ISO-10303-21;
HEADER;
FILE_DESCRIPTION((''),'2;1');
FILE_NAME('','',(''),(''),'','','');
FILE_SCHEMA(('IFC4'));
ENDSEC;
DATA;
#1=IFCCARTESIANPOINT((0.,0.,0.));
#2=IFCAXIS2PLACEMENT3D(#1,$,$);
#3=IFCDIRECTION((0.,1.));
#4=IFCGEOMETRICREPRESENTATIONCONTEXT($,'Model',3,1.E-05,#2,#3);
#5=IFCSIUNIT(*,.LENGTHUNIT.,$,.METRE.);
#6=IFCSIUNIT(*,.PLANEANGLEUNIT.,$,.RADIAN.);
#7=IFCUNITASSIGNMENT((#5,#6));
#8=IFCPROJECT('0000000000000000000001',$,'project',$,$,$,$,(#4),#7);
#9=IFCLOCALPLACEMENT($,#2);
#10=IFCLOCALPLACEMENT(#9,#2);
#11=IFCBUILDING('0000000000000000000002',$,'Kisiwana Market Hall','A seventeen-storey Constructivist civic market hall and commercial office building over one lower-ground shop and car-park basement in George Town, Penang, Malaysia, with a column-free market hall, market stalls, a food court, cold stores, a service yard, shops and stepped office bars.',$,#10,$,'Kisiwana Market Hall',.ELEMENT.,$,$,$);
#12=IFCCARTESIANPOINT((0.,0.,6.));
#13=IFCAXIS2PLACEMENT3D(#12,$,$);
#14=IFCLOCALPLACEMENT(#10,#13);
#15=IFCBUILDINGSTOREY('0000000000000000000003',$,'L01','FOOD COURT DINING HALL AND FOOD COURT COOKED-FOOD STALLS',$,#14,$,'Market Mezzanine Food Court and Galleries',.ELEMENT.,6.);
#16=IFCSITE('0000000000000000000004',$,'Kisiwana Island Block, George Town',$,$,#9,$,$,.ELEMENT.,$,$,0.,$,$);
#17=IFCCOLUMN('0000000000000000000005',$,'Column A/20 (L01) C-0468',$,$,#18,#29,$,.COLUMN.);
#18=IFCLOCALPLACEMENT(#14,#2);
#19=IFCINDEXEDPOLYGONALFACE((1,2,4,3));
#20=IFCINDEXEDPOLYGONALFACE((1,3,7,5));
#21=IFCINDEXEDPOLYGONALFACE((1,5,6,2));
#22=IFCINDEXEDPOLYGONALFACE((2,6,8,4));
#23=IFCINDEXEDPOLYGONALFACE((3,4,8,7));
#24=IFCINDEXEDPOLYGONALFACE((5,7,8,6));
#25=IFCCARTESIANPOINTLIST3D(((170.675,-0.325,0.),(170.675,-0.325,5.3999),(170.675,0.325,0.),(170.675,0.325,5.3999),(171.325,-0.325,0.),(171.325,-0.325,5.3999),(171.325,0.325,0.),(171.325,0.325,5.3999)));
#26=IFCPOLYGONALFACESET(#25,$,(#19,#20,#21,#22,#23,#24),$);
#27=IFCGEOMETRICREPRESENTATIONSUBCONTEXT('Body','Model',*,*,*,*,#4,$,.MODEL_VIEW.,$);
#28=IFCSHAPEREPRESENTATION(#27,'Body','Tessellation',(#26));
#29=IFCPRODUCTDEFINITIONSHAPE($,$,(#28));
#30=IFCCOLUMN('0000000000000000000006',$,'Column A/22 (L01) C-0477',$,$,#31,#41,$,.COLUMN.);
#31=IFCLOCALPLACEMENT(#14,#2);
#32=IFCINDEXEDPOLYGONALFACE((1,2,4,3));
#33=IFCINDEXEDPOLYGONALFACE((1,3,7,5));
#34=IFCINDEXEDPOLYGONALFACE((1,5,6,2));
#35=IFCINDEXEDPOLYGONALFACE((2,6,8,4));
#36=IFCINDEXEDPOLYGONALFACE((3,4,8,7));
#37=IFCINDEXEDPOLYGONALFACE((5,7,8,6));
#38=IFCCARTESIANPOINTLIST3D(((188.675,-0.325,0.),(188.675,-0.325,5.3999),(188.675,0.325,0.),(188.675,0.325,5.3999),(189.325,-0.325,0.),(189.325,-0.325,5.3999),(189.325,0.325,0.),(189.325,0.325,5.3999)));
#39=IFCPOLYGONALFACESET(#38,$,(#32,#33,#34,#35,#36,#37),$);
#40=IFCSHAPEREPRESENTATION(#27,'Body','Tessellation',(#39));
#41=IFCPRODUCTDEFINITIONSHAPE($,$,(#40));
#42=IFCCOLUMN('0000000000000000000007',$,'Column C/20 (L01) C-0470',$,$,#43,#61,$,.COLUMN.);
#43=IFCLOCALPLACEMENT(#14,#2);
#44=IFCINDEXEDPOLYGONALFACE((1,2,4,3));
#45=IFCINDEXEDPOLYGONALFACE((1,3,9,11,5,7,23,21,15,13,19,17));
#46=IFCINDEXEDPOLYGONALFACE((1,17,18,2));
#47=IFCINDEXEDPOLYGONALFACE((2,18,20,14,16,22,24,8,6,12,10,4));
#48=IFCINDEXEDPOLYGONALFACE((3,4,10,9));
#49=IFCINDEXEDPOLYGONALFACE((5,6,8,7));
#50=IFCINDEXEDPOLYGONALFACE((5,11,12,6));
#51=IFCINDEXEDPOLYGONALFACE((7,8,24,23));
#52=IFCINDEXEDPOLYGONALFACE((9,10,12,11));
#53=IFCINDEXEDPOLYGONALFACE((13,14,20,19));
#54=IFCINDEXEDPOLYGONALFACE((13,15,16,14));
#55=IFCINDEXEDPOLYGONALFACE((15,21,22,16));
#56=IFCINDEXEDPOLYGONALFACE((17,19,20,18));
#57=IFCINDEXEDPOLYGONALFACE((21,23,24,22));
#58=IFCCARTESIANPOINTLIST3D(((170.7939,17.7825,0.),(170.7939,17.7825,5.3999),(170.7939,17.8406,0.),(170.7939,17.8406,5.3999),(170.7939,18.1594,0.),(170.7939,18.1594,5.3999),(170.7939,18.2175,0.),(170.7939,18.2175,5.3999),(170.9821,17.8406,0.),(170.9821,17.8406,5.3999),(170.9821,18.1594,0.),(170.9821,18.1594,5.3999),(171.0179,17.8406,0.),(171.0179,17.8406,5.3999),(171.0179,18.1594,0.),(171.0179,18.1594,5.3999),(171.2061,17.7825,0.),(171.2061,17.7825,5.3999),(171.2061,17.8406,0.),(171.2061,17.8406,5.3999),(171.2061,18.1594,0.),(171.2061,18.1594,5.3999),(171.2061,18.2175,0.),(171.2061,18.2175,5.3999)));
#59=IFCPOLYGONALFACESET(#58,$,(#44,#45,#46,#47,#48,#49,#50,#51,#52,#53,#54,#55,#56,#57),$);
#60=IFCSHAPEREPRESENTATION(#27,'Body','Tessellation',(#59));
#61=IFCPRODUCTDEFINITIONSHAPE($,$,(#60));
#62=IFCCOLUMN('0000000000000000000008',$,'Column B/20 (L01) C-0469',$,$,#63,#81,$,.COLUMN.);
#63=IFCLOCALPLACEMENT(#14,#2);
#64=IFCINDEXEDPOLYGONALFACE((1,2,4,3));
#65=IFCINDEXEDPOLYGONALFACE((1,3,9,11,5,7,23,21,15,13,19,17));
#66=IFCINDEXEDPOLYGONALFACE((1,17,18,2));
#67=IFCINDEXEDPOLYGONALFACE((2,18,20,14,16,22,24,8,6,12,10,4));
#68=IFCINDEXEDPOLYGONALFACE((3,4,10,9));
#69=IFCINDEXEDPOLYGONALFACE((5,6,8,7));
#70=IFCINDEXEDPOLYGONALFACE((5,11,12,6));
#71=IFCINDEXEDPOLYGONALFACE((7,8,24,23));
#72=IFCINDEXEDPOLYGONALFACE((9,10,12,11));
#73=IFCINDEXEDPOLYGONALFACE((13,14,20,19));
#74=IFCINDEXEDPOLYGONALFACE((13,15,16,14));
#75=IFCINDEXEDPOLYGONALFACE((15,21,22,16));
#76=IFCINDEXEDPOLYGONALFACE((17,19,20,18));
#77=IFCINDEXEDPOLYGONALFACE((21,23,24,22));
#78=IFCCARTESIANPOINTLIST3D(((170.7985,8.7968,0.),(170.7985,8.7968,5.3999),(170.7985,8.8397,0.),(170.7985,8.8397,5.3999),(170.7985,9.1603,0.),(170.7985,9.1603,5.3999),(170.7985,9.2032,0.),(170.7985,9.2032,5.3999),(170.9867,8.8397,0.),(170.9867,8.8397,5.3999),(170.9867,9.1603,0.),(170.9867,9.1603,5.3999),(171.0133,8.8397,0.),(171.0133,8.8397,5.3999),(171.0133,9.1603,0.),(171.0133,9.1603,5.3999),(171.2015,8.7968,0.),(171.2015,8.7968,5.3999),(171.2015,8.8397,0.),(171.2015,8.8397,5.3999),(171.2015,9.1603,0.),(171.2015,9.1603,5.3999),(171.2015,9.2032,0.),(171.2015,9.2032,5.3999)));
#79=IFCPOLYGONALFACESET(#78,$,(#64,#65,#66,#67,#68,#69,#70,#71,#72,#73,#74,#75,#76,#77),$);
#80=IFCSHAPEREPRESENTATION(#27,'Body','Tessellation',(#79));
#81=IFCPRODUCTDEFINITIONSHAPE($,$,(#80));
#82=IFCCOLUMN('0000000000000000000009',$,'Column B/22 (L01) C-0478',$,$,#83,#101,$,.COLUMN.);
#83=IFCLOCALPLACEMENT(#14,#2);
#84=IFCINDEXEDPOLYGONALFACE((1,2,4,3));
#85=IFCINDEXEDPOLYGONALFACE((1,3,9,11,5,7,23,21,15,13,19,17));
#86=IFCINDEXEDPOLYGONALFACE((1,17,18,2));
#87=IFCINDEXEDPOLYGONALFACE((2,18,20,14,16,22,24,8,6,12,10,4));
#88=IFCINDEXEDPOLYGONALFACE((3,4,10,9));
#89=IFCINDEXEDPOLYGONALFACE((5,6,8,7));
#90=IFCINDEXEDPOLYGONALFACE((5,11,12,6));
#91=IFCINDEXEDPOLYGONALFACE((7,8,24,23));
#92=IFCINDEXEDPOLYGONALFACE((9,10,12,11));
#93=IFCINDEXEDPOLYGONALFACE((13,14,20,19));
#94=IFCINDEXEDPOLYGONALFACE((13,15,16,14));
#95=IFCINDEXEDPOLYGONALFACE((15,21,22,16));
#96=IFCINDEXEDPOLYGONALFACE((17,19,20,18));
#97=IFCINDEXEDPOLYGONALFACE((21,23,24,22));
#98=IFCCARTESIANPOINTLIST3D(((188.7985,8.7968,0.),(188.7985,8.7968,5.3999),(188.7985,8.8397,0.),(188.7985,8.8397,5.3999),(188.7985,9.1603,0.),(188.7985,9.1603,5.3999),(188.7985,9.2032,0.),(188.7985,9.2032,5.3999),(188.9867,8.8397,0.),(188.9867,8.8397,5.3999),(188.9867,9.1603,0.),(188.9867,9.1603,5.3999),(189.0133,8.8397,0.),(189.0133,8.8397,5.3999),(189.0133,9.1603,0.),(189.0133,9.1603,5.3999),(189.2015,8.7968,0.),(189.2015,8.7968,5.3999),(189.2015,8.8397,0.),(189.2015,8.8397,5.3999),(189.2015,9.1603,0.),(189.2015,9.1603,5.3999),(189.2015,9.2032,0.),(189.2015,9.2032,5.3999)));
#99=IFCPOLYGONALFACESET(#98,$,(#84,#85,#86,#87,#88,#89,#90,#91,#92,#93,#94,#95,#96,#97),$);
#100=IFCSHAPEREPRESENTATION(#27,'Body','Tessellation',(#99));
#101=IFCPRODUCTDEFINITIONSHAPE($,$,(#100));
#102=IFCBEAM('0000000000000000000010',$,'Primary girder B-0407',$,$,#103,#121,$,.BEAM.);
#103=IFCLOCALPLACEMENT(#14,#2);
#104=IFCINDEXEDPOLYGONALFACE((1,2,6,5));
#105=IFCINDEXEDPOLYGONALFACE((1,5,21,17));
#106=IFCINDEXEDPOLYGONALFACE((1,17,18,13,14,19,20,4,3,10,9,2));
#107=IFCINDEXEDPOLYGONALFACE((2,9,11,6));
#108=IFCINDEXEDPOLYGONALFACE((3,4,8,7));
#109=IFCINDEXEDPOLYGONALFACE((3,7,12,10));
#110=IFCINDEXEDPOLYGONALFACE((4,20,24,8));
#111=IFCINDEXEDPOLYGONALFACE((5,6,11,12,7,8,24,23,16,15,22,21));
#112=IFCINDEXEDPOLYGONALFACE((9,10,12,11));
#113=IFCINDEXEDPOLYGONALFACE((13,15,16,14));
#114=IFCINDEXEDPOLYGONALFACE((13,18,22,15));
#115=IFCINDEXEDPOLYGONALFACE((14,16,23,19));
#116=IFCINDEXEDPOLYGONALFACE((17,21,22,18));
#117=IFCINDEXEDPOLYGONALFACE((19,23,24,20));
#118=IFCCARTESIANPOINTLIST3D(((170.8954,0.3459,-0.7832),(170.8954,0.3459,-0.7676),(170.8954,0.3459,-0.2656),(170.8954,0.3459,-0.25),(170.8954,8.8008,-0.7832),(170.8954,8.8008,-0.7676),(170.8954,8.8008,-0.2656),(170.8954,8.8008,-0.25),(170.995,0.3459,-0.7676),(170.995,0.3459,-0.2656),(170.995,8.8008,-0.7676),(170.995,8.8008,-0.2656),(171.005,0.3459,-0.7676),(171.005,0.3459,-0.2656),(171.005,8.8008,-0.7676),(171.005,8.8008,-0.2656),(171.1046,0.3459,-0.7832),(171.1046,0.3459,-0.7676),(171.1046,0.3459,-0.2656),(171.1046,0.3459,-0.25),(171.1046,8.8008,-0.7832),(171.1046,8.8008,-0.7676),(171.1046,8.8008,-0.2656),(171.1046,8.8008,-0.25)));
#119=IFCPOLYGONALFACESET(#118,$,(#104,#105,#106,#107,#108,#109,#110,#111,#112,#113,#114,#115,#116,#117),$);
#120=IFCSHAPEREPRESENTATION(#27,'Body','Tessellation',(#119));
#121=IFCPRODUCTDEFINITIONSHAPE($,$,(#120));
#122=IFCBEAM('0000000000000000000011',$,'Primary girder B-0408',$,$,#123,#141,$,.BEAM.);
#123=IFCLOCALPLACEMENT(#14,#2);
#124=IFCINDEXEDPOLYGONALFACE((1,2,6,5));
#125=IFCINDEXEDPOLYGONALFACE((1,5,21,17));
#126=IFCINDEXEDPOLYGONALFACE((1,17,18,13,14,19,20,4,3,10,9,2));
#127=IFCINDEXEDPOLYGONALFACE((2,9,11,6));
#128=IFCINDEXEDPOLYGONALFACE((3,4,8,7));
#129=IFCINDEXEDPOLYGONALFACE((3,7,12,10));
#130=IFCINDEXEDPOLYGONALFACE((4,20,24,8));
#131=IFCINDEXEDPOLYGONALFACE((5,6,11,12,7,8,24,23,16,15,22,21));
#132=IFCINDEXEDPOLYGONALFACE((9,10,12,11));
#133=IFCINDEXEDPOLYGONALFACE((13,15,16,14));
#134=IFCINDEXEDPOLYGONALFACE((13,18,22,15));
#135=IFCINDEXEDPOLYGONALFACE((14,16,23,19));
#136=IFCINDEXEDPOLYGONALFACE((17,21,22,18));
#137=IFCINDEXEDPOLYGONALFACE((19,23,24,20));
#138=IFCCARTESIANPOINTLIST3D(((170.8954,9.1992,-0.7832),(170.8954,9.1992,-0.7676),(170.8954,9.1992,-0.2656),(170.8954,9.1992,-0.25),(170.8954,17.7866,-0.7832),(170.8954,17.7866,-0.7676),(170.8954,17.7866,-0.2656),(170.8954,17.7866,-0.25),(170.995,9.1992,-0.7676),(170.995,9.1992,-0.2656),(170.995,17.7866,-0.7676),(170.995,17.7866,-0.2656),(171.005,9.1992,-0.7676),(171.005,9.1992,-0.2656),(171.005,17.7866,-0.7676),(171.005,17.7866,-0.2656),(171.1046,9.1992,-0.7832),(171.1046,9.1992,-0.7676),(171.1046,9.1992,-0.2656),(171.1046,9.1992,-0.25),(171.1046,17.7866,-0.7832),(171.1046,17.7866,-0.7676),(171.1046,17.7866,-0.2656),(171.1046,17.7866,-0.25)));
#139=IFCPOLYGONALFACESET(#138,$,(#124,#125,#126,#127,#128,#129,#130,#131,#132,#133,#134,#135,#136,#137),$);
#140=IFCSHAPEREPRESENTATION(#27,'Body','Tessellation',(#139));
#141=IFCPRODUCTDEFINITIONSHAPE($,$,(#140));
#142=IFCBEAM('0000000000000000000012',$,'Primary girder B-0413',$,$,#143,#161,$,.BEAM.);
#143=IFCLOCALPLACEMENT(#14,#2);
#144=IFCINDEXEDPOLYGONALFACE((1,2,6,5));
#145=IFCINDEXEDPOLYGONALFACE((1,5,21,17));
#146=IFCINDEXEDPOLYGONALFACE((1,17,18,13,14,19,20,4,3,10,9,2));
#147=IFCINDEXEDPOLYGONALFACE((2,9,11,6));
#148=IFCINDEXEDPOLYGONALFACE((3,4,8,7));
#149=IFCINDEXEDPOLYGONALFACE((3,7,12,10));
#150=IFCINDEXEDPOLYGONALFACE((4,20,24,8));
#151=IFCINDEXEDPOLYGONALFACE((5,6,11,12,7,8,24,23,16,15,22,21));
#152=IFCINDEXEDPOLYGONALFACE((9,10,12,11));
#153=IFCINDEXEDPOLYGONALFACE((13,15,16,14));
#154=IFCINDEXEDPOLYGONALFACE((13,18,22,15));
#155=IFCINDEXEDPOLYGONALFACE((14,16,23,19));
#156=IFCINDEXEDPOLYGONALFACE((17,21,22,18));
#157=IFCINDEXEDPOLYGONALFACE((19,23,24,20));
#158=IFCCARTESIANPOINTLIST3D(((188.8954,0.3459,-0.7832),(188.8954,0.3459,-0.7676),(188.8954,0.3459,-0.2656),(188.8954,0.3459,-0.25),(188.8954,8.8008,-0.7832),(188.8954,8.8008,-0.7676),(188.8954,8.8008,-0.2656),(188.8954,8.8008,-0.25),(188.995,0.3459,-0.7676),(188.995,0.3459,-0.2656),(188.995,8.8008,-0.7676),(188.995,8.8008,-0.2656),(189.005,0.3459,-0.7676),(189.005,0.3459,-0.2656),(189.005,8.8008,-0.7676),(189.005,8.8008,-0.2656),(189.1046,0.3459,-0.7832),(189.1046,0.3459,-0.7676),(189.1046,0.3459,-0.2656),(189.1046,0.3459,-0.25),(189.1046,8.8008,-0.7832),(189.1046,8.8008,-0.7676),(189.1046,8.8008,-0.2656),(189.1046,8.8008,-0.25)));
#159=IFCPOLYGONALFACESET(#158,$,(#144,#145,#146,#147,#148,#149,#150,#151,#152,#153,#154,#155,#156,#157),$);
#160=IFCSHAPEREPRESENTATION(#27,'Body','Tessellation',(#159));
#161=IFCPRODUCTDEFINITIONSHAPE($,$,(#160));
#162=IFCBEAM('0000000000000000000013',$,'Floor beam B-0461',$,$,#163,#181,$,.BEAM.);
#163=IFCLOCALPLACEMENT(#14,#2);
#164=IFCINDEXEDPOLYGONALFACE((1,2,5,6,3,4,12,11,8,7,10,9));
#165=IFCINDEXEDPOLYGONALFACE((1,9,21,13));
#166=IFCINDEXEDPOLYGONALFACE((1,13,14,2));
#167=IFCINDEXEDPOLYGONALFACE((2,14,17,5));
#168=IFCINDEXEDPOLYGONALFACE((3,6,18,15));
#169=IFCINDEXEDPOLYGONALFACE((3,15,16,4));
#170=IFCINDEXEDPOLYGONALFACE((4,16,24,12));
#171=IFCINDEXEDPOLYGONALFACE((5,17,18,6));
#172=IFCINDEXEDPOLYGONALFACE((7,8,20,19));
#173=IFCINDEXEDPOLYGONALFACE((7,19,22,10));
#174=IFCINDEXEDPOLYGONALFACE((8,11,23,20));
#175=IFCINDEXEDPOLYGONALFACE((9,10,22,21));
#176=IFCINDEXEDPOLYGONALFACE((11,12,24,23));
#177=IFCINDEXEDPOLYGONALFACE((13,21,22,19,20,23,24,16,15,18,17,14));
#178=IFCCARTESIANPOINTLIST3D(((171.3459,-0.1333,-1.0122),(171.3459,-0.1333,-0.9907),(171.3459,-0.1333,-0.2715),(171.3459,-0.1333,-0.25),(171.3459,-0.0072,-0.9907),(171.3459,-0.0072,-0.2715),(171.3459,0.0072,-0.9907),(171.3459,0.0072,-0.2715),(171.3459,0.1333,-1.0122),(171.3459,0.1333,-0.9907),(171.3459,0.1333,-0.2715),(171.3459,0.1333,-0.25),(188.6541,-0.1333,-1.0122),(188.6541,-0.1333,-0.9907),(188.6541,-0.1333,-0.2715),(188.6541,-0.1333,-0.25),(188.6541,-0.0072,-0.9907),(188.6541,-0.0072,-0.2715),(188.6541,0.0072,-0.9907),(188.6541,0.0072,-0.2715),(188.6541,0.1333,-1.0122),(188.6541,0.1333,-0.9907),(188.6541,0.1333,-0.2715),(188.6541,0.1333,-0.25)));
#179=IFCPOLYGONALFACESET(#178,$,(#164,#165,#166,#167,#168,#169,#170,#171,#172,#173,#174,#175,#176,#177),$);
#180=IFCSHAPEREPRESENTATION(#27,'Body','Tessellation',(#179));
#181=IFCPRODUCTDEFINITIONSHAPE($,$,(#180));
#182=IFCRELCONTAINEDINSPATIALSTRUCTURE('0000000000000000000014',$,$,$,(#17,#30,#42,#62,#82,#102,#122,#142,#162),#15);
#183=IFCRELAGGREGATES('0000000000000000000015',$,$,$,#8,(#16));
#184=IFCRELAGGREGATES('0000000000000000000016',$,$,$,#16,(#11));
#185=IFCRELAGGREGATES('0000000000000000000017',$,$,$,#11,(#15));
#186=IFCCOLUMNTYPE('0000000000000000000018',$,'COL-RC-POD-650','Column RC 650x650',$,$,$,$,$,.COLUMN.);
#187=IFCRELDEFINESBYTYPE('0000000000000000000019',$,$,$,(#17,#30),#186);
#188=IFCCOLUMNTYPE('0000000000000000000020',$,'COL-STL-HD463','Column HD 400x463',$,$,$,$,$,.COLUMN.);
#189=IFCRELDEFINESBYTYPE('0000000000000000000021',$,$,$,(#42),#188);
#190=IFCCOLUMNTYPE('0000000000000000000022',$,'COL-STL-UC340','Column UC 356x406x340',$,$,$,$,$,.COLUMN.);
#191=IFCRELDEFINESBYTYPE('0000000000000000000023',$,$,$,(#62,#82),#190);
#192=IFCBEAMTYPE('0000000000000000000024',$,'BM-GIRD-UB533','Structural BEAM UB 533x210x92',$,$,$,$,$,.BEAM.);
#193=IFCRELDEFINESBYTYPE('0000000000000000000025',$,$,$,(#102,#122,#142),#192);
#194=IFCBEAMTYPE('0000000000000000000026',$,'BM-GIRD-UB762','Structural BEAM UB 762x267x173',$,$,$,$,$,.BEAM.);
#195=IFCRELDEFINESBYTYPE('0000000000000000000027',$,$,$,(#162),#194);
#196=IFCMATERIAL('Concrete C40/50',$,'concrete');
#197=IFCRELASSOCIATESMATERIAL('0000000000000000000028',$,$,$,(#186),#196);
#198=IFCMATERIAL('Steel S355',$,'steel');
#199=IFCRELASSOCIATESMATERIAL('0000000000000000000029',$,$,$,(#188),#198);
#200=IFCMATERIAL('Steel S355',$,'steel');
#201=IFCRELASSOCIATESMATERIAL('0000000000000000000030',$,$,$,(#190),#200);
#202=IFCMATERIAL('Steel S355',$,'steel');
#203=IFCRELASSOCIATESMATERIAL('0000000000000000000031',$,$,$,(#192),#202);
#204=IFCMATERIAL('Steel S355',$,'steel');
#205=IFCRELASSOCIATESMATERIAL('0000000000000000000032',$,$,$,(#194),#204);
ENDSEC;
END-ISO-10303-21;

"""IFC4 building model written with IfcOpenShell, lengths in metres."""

from ifc_helpers import new_model, si_unit, direction, frame, origin, origin_2d, place, context, subcontext, project, spatial, rectangle, i_section, extrude, material, material_profile, profile_set, type_object, element, save


model = new_model("IFC4")

# Units and contexts
model_context = context("Model", 3, precision=1e-05, world=origin(), true_north=direction((0.0, 1.0)))
body_context = subcontext(model_context, "Body", "Model", "MODEL_VIEW")
ifc_project = project(units=[si_unit("LENGTHUNIT", "METRE"), si_unit("PLANEANGLEUNIT", "RADIAN")], contexts=[model_context])

# Site, building, storey
site_placement = place(None, origin())
site = spatial("IfcSite", under=ifc_project, at=site_placement, Name="Kisiwana Island Block, George Town", CompositionType="ELEMENT", RefElevation=0.0)
building_placement = place(site_placement, origin())
building = spatial("IfcBuilding", under=site, at=building_placement, Name="Kisiwana Market Hall", Description="A seventeen-storey Constructivist civic market hall and commercial office building over one lower-ground shop and car-park basement in George Town, Penang, Malaysia, with a column-free market hall, market stalls, a food court, cold stores, a service yard, shops and stepped office bars.", LongName="Kisiwana Market Hall", CompositionType="ELEMENT")
storey_placement = place(building_placement, frame((0.0, 0.0, 6.0)))
storey = spatial("IfcBuildingStorey", under=building, at=storey_placement, Name="L01", Description="FOOD COURT DINING HALL AND FOOD COURT COOKED-FOOD STALLS", LongName="Market Mezzanine Food Court and Galleries", CompositionType="ELEMENT", Elevation=6.0)

# Columns
ifc_material_1 = material(Name="Concrete C40/50", Category="concrete")
ifc_material_profile_1 = material_profile(ifc_material_1, rectangle(XDim=0.6499, YDim=0.6499, at=origin_2d()), Name="RC 650x650")
ifc_profile_set_1 = profile_set([ifc_material_profile_1], Name="Concrete C40/50")
column_type_1 = type_object("IfcColumnType", Name="COL-RC-POD-650", Description="Column RC 650x650", PredefinedType="COLUMN", material=ifc_profile_set_1)
for number, where, z_axis, x_axis, name in (
    (1, (171.0, 0.0, 0.0), (0.0, 0.0, 1.0), (1.0, 0.0, 0.0), "Column A/20 (L01) C-0468"),
    (2, (189.0, 0.0, 0.0), (0.0, 0.0, 1.0), (1.0, 0.0, 0.0), "Column A/22 (L01) C-0477"),
):
    element("IfcColumn", number, at=place(storey_placement, frame(where, z_axis=z_axis, x_axis=x_axis)), inside=storey, type_object=column_type_1, Name=name, PredefinedType="COLUMN", context=body_context, shape_type="SweptSolid", body=[
        extrude(rectangle(XDim=0.6499, YDim=0.6499, at=origin_2d()), origin(), (0.0, 0.0, 1.0), 5.3999),
    ])
ifc_material_2 = material(Name="Steel S355", Category="steel")
ifc_material_profile_2 = material_profile(ifc_material_2, i_section(OverallWidth=0.4121, OverallDepth=0.4351, WebThickness=0.0359, FlangeThickness=0.0581, at=origin_2d()), Name="HD 400x463")
ifc_profile_set_2 = profile_set([ifc_material_profile_2], Name="Steel S355")
column_type_2 = type_object("IfcColumnType", Name="COL-STL-HD463", Description="Column HD 400x463", PredefinedType="COLUMN", material=ifc_profile_set_2)
column_placement = place(storey_placement, frame((171.0, 18.0, 0.0), z_axis=(0.0, 0.0, 1.0), x_axis=(1.0, 0.0, 0.0)))
element("IfcColumn", 3, at=column_placement, inside=storey, type_object=column_type_2, Name="Column C/20 (L01) C-0470", PredefinedType="COLUMN", context=body_context, shape_type="SweptSolid", body=[
    extrude(i_section(OverallWidth=0.4121, OverallDepth=0.4351, WebThickness=0.0359, FlangeThickness=0.0581, at=origin_2d()), origin(), (0.0, 0.0, 1.0), 5.3999),
])
ifc_material_3 = material(Name="Steel S355", Category="steel")
ifc_material_profile_3 = material_profile(ifc_material_3, i_section(OverallWidth=0.4031, OverallDepth=0.4065, WebThickness=0.0266, FlangeThickness=0.043, at=origin_2d()), Name="UC 356x406x340")
ifc_profile_set_3 = profile_set([ifc_material_profile_3], Name="Steel S355")
column_type_3 = type_object("IfcColumnType", Name="COL-STL-UC340", Description="Column UC 356x406x340", PredefinedType="COLUMN", material=ifc_profile_set_3)
for number, where, z_axis, x_axis, name in (
    (4, (171.0, 9.0, 0.0), (0.0, 0.0, 1.0), (1.0, 0.0, 0.0), "Column B/20 (L01) C-0469"),
    (5, (189.0, 9.0, 0.0), (0.0, 0.0, 1.0), (1.0, 0.0, 0.0), "Column B/22 (L01) C-0478"),
):
    element("IfcColumn", number, at=place(storey_placement, frame(where, z_axis=z_axis, x_axis=x_axis)), inside=storey, type_object=column_type_3, Name=name, PredefinedType="COLUMN", context=body_context, shape_type="SweptSolid", body=[
        extrude(i_section(OverallWidth=0.4031, OverallDepth=0.4065, WebThickness=0.0266, FlangeThickness=0.043, at=origin_2d()), origin(), (0.0, 0.0, 1.0), 5.3999),
    ])

# Beams
ifc_material_4 = material(Name="Steel S355", Category="steel")
ifc_material_profile_4 = material_profile(ifc_material_4, i_section(OverallWidth=0.2092, OverallDepth=0.5332, WebThickness=0.01, FlangeThickness=0.0156, at=origin_2d()), Name="UB 533x210x92")
ifc_profile_set_4 = profile_set([ifc_material_profile_4], Name="Steel S355")
beam_type_1 = type_object("IfcBeamType", Name="BM-GIRD-UB533", Description="Structural BEAM UB 533x210x92", PredefinedType="BEAM", material=ifc_profile_set_4)
beam_1_placement = place(storey_placement, frame((171.0, 0.3459, -0.5166), z_axis=(0.0, 1.0, 0.0), x_axis=(-1.0, 0.0, 0.0)))
element("IfcBeam", 6, at=beam_1_placement, inside=storey, type_object=beam_type_1, Name="Primary girder B-0407", PredefinedType="BEAM", context=body_context, shape_type="SweptSolid", body=[
    extrude(i_section(OverallWidth=0.2092, OverallDepth=0.5332, WebThickness=0.01, FlangeThickness=0.0156, at=origin_2d()), origin(), (0.0, 0.0, 1.0), 8.4548),
])
beam_2_placement = place(storey_placement, frame((171.0, 9.1992, -0.5166), z_axis=(0.0, 1.0, 0.0), x_axis=(-1.0, 0.0, 0.0)))
element("IfcBeam", 7, at=beam_2_placement, inside=storey, type_object=beam_type_1, Name="Primary girder B-0408", PredefinedType="BEAM", context=body_context, shape_type="SweptSolid", body=[
    extrude(i_section(OverallWidth=0.2092, OverallDepth=0.5332, WebThickness=0.01, FlangeThickness=0.0156, at=origin_2d()), origin(), (0.0, 0.0, 1.0), 8.5874),
])
beam_3_placement = place(storey_placement, frame((189.0, 0.3459, -0.5166), z_axis=(0.0, 1.0, 0.0), x_axis=(-1.0, 0.0, 0.0)))
element("IfcBeam", 8, at=beam_3_placement, inside=storey, type_object=beam_type_1, Name="Primary girder B-0413", PredefinedType="BEAM", context=body_context, shape_type="SweptSolid", body=[
    extrude(i_section(OverallWidth=0.2092, OverallDepth=0.5332, WebThickness=0.01, FlangeThickness=0.0156, at=origin_2d()), origin(), (0.0, 0.0, 1.0), 8.4548),
])
ifc_material_5 = material(Name="Steel S355", Category="steel")
ifc_material_profile_5 = material_profile(ifc_material_5, i_section(OverallWidth=0.2666, OverallDepth=0.7622, WebThickness=0.0144, FlangeThickness=0.0215, at=origin_2d()), Name="UB 762x267x173")
ifc_profile_set_5 = profile_set([ifc_material_profile_5], Name="Steel S355")
beam_type_2 = type_object("IfcBeamType", Name="BM-GIRD-UB762", Description="Structural BEAM UB 762x267x173", PredefinedType="BEAM", material=ifc_profile_set_5)
beam_4_placement = place(storey_placement, frame((171.3459, 0.0, -0.6311), z_axis=(1.0, 0.0, 0.0), x_axis=(0.0, 1.0, 0.0)))
element("IfcBeam", 9, at=beam_4_placement, inside=storey, type_object=beam_type_2, Name="Floor beam B-0461", PredefinedType="BEAM", context=body_context, shape_type="SweptSolid", body=[
    extrude(i_section(OverallWidth=0.2666, OverallDepth=0.7622, WebThickness=0.0144, FlangeThickness=0.0215, at=origin_2d()), origin(), (0.0, 0.0, 1.0), 17.3081),
])

save(model, "model.ifc")
